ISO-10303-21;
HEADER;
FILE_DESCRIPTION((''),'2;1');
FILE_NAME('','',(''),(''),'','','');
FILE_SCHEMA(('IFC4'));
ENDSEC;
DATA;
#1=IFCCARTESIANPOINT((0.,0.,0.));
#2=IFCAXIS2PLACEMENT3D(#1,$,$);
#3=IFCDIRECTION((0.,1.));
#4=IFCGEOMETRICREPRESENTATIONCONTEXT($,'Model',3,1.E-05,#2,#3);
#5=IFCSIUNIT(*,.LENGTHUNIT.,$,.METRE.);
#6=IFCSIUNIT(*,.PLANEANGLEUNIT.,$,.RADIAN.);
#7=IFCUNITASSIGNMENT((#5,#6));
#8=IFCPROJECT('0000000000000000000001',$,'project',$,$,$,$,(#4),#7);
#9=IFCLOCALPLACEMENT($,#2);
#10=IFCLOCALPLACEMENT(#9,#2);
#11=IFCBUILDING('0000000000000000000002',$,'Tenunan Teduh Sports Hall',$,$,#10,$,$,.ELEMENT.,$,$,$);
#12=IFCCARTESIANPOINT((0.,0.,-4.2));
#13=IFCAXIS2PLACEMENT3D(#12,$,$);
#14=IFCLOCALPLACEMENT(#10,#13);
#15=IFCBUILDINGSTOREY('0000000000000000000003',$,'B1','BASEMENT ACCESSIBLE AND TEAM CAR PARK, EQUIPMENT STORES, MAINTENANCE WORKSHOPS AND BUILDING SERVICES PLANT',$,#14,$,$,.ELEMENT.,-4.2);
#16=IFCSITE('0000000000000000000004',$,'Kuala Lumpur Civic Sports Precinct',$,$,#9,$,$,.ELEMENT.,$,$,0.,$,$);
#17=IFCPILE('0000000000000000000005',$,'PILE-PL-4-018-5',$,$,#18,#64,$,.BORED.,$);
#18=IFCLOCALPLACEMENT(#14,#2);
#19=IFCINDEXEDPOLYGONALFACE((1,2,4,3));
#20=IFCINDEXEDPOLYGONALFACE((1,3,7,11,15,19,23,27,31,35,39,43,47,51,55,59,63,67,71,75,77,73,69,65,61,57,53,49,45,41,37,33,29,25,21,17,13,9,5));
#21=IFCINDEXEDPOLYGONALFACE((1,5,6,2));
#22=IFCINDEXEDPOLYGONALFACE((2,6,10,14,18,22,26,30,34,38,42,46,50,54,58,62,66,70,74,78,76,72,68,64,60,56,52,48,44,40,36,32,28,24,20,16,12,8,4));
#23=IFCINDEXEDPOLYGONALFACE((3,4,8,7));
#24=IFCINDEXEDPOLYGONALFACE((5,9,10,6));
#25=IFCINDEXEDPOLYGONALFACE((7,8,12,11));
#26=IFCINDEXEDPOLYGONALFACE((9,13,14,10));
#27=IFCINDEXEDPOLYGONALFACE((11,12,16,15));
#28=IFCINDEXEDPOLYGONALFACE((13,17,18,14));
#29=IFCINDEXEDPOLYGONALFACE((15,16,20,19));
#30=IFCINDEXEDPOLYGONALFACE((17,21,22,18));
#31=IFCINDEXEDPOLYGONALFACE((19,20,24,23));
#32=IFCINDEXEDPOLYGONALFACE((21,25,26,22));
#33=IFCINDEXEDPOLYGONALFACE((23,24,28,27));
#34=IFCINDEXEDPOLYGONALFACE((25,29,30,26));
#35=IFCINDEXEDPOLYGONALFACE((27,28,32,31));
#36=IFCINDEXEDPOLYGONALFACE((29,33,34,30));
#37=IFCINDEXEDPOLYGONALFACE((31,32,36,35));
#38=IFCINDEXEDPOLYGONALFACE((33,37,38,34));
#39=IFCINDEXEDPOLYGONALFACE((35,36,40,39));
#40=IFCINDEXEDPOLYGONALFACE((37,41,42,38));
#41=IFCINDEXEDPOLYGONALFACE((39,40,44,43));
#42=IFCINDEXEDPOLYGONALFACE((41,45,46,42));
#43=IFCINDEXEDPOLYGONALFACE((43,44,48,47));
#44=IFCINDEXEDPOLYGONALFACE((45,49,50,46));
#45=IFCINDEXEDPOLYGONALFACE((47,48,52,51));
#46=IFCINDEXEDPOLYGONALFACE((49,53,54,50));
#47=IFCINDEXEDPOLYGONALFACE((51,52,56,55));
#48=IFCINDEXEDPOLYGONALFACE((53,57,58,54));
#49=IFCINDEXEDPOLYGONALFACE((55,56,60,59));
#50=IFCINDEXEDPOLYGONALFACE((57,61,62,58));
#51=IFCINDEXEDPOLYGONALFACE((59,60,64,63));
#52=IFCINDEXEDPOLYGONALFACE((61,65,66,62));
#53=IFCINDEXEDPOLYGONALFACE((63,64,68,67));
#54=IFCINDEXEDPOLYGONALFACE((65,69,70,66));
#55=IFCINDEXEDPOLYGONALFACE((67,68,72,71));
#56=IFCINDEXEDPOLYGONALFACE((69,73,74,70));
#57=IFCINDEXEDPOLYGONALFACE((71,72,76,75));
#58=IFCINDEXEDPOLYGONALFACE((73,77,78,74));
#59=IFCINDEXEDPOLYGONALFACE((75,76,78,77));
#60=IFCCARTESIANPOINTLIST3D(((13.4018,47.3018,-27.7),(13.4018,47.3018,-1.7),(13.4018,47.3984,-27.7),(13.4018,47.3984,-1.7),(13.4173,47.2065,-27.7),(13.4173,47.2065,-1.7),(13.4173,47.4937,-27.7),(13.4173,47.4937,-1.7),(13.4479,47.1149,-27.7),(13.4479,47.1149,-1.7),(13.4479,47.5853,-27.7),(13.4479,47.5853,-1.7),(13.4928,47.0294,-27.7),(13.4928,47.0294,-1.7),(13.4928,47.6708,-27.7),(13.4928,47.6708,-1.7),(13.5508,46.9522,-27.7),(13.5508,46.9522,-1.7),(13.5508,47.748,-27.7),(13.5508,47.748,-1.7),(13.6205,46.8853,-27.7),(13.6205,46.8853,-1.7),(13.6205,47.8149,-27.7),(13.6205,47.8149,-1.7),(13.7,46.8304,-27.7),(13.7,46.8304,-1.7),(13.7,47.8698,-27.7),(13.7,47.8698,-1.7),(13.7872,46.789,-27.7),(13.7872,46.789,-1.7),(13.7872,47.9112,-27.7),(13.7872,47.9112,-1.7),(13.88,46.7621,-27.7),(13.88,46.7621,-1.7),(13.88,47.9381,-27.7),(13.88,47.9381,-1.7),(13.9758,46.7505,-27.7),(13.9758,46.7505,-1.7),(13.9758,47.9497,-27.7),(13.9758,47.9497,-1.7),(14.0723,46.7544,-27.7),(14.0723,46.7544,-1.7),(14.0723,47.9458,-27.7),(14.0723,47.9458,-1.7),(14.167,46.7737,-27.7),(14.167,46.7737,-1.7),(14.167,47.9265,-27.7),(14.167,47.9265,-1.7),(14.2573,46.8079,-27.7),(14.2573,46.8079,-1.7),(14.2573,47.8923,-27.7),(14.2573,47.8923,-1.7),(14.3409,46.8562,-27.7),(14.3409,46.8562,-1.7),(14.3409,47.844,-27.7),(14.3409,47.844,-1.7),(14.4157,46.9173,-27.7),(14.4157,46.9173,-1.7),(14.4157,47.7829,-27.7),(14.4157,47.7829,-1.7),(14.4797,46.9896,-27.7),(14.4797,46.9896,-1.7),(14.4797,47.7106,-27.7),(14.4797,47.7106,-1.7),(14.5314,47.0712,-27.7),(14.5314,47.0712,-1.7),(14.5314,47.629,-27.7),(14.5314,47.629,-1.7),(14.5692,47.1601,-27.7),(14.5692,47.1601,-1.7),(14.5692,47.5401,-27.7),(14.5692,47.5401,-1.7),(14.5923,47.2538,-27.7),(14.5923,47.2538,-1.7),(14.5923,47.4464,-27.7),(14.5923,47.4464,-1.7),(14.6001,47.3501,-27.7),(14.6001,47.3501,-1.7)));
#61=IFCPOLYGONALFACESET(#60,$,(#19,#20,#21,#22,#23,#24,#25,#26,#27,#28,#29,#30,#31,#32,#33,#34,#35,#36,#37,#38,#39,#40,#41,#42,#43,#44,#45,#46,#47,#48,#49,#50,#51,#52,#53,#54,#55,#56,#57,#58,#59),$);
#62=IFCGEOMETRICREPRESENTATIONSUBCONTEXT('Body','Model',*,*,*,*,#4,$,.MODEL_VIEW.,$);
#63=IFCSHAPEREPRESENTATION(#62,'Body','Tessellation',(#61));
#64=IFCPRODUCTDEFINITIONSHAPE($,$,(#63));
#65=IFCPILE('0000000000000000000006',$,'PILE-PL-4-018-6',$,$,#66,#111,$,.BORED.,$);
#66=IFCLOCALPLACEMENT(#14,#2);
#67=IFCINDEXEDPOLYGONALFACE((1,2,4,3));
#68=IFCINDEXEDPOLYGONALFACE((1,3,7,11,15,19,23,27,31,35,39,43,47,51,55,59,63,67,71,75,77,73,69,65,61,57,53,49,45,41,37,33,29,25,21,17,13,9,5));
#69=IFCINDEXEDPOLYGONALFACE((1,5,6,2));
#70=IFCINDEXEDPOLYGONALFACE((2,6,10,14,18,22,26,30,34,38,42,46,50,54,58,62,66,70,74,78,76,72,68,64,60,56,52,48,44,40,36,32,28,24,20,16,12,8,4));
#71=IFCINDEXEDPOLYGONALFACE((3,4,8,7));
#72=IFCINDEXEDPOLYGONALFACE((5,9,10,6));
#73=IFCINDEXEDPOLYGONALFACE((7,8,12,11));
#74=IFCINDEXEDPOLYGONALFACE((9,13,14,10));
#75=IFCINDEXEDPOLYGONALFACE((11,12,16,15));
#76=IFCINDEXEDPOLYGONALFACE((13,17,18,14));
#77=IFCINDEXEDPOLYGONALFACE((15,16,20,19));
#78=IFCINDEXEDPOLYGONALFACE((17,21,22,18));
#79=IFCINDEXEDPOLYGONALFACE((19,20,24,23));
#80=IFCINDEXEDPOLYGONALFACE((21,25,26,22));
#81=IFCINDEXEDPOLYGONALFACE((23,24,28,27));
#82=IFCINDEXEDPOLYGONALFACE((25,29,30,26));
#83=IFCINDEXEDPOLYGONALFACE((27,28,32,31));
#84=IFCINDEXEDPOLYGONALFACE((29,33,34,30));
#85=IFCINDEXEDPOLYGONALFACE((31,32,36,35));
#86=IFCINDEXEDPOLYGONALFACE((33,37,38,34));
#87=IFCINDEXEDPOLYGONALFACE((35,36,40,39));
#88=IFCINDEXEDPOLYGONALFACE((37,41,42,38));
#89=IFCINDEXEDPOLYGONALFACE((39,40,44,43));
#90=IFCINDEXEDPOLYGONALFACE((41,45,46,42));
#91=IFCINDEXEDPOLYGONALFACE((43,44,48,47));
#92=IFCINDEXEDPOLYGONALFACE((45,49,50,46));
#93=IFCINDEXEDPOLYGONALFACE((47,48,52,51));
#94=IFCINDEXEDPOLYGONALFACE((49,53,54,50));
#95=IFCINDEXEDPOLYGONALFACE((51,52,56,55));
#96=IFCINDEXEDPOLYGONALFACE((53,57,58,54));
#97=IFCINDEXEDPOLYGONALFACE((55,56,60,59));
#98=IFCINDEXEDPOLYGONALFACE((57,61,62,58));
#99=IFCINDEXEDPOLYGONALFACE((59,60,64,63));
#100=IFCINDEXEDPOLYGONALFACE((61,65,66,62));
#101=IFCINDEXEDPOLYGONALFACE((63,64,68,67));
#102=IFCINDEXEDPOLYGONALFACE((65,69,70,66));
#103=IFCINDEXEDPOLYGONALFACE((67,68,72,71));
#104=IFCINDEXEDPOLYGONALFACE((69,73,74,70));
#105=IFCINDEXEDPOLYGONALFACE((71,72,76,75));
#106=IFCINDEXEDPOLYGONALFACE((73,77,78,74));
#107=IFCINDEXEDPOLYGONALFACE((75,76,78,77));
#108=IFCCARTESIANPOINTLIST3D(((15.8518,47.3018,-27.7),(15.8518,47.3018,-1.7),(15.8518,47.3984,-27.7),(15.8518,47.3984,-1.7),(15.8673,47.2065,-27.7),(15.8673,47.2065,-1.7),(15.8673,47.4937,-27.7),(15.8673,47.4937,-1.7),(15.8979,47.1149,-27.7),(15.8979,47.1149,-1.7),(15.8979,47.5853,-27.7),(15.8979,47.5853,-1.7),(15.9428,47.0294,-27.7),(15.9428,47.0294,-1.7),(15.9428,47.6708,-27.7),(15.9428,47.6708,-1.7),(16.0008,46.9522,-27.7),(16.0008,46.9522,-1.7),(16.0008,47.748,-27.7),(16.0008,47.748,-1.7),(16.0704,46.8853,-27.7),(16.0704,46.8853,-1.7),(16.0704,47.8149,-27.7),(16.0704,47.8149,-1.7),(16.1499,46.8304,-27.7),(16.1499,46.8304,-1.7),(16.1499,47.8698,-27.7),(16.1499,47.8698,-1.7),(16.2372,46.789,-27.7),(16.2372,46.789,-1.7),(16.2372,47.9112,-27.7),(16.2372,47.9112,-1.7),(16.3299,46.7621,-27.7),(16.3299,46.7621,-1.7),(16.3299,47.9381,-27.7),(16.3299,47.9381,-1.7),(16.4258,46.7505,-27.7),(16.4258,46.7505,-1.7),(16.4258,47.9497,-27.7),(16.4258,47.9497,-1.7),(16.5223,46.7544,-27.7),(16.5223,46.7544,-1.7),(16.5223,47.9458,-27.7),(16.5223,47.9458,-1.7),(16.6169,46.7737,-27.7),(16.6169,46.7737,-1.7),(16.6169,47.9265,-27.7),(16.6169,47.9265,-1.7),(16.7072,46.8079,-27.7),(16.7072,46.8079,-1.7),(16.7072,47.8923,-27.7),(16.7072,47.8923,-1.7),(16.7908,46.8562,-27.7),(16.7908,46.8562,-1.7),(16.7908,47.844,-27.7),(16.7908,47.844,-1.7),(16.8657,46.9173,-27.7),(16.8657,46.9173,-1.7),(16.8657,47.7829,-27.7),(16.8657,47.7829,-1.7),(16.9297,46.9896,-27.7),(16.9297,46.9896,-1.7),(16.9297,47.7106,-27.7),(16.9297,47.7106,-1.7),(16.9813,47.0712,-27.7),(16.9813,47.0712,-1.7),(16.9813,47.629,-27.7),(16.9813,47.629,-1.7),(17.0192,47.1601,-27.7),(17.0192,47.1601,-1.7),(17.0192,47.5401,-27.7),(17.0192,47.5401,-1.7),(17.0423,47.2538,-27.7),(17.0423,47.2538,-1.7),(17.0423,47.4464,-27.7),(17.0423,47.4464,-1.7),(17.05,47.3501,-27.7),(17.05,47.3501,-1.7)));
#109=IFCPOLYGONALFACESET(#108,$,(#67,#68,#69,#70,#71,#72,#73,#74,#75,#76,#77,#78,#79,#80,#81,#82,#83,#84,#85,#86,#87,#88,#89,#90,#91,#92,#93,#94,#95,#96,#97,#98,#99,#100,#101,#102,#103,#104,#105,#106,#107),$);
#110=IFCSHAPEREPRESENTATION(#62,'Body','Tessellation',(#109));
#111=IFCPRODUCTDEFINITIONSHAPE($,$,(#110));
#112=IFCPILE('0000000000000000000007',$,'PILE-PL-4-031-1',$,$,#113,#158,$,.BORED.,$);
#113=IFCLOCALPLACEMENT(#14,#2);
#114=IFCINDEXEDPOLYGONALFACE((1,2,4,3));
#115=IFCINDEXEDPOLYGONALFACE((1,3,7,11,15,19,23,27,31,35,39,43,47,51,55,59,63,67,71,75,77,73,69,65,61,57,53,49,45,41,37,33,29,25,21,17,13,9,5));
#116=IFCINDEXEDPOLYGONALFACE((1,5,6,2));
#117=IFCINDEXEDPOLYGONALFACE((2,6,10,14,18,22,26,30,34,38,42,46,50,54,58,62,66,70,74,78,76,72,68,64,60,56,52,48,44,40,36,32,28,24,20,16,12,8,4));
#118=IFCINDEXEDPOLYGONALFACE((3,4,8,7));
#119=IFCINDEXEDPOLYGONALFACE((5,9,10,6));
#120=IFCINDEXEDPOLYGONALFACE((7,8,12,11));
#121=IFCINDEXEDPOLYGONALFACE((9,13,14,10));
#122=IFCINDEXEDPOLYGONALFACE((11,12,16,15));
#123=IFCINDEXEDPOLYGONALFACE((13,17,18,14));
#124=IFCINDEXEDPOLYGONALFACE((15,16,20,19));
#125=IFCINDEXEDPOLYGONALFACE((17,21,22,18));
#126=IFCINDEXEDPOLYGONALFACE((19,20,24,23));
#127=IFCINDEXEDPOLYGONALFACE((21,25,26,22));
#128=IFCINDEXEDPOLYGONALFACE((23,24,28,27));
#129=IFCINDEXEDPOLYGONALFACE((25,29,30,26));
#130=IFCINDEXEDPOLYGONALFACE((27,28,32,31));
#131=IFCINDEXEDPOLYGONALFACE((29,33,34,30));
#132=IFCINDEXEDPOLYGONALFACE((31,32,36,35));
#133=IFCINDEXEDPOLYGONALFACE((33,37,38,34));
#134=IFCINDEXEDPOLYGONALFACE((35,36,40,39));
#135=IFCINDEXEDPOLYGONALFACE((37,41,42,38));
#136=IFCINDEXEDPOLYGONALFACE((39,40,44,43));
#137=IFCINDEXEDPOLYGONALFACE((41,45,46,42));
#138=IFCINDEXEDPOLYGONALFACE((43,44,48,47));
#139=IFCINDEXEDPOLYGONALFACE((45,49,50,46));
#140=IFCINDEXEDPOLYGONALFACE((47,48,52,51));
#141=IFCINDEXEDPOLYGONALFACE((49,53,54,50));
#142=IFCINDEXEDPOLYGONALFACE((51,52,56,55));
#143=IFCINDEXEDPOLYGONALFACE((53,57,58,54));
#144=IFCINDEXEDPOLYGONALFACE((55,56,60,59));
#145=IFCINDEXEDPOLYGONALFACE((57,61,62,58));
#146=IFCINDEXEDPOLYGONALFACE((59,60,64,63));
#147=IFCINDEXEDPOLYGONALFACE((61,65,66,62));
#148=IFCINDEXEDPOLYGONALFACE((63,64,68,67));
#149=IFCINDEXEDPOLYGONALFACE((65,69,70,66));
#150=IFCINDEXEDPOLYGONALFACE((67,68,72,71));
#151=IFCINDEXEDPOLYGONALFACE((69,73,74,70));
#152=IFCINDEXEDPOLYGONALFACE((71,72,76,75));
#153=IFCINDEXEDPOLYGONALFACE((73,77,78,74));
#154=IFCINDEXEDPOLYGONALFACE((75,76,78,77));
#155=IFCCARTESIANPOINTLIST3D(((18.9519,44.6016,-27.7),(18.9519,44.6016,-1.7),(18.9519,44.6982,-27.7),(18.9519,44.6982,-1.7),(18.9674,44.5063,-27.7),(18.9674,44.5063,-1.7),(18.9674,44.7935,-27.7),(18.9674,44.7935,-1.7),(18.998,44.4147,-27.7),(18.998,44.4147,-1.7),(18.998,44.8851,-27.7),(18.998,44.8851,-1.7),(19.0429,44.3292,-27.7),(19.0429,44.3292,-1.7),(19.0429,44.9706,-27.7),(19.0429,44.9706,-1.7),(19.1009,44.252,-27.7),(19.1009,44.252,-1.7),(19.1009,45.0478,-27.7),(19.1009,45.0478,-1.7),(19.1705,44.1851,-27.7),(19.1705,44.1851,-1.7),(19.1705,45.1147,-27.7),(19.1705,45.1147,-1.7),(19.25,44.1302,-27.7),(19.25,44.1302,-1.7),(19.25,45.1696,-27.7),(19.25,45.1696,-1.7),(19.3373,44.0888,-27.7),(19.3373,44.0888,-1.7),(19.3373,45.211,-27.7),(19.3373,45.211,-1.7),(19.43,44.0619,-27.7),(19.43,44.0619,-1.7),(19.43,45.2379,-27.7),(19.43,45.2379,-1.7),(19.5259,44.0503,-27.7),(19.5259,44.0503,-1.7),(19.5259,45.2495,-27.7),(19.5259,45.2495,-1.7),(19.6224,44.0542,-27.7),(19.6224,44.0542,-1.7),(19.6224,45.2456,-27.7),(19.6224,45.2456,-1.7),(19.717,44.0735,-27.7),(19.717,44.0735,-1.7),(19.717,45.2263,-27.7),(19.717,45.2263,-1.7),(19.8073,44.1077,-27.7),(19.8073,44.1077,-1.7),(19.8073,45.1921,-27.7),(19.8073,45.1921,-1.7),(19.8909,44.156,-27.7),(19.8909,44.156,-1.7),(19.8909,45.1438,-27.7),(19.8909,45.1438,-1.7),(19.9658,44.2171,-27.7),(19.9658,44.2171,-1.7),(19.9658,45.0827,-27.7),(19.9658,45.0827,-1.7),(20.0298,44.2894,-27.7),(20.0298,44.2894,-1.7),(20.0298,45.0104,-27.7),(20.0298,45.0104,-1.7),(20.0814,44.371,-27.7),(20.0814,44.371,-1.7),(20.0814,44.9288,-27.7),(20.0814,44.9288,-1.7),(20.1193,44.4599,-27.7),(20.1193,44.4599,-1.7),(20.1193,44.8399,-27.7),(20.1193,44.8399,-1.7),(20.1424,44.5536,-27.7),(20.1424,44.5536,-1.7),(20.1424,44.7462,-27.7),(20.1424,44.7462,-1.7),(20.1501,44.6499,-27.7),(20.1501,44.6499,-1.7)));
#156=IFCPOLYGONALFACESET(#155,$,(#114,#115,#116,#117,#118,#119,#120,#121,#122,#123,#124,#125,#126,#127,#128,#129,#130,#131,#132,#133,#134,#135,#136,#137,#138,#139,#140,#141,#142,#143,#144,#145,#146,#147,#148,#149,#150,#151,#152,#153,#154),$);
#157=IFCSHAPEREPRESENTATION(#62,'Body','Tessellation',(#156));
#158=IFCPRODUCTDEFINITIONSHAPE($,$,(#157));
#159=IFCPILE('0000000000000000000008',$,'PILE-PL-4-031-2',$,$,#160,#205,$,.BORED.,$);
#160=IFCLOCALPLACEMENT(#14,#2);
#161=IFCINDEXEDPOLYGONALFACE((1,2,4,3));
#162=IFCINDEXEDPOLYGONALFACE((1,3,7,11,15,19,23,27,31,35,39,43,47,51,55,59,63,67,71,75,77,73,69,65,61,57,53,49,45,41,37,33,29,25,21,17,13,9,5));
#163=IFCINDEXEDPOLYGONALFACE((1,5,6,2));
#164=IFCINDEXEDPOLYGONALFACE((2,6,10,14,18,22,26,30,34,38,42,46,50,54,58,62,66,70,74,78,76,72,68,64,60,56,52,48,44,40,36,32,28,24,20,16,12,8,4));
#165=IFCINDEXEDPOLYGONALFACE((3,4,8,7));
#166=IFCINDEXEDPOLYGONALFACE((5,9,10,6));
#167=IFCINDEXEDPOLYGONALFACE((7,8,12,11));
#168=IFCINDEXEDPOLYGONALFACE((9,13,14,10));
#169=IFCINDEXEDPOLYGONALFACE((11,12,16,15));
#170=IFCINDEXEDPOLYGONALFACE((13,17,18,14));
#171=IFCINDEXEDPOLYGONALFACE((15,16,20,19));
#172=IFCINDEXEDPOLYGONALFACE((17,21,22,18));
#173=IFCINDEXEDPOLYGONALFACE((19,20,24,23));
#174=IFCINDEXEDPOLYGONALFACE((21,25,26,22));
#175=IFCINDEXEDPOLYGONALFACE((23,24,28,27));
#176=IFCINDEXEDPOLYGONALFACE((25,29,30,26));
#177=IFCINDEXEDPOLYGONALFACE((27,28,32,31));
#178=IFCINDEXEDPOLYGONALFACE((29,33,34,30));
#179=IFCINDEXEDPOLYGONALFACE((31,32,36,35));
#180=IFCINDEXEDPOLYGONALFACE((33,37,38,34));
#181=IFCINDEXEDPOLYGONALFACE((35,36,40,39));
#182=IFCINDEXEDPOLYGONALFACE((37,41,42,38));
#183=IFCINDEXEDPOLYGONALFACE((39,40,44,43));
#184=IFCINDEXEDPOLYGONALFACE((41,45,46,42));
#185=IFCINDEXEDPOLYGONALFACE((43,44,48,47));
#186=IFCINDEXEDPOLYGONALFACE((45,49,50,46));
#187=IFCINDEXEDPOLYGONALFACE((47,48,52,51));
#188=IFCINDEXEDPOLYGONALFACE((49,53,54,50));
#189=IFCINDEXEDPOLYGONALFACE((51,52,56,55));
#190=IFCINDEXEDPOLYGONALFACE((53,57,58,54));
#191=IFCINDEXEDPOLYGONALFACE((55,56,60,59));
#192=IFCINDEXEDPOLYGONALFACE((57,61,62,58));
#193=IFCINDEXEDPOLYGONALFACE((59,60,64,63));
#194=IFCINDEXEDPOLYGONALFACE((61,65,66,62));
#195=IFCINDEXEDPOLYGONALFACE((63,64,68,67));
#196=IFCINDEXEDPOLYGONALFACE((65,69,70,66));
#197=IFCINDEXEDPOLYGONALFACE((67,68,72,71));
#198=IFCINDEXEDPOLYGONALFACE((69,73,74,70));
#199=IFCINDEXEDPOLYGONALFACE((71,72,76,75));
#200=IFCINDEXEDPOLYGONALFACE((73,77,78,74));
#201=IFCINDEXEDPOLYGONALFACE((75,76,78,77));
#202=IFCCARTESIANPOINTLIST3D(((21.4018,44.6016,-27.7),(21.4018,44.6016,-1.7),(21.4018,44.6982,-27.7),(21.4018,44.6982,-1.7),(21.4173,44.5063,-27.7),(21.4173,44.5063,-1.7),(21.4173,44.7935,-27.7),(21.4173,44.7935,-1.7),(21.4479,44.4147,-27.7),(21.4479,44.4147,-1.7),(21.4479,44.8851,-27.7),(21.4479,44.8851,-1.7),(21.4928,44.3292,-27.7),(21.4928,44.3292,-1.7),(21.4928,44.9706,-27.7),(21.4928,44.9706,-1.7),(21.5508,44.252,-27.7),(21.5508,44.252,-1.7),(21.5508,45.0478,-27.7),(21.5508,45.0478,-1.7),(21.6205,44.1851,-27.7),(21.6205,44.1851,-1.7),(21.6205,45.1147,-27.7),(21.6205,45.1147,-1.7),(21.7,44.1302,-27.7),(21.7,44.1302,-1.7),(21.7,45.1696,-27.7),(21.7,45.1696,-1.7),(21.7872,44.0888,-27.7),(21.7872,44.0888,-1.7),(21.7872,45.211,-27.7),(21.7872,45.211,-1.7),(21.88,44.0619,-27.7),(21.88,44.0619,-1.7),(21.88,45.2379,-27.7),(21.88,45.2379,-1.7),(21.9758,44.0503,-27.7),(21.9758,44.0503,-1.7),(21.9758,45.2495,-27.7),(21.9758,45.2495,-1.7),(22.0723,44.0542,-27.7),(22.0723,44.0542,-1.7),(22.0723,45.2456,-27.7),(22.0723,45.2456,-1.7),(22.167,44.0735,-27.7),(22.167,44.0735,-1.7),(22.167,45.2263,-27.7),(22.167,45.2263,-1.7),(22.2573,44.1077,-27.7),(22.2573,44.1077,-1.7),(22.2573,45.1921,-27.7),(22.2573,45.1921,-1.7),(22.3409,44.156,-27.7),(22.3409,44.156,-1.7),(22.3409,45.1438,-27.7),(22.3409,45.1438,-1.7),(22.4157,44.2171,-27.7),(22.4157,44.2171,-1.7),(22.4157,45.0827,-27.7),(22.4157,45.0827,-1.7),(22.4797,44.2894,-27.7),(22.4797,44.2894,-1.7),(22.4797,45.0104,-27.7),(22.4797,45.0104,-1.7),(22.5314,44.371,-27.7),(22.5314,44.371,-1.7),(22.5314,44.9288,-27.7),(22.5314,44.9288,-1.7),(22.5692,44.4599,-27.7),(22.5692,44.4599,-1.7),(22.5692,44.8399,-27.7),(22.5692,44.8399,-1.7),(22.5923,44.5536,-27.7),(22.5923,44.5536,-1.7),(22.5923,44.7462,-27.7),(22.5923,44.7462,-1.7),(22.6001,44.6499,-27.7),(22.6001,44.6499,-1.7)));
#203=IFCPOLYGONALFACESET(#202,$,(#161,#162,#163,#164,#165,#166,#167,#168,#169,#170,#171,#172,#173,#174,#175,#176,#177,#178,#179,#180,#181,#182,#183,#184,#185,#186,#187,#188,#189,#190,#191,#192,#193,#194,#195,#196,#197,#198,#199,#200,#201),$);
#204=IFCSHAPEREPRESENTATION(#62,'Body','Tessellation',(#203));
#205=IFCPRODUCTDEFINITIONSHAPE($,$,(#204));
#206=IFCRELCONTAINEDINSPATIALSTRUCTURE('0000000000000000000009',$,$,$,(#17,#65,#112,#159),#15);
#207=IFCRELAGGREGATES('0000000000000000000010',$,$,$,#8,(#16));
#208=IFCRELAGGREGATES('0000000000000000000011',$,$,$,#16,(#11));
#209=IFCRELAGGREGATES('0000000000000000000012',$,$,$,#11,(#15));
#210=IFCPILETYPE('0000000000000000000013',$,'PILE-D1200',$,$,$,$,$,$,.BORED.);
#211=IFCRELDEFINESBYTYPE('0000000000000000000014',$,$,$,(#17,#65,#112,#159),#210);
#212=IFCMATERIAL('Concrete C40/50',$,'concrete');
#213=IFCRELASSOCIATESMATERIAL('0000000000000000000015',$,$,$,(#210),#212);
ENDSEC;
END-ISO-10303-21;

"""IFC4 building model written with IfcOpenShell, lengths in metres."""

from ifc_helpers import new_model, si_unit, direction, frame, origin, origin_2d, place, context, subcontext, project, spatial, circle, extrude, material, material_profile, profile_set, type_object, element, save


model = new_model("IFC4")

# Units and contexts
model_context = context("Model", 3, precision=1e-05, world=origin(), true_north=direction((0.0, 1.0)))
body_context = subcontext(model_context, "Body", "Model", "MODEL_VIEW")
ifc_project = project(units=[si_unit("LENGTHUNIT", "METRE"), si_unit("PLANEANGLEUNIT", "RADIAN")], contexts=[model_context])

# Site, building, storey
site_placement = place(None, origin())
site = spatial("IfcSite", under=ifc_project, at=site_placement, Name="Kuala Lumpur Civic Sports Precinct", CompositionType="ELEMENT", RefElevation=0.0)
building_placement = place(site_placement, origin())
building = spatial("IfcBuilding", under=site, at=building_placement, Name="Tenunan Teduh Sports Hall", CompositionType="ELEMENT")
storey_placement = place(building_placement, frame((0.0, 0.0, -4.2)))
storey = spatial("IfcBuildingStorey", under=building, at=storey_placement, Name="B1", Description="BASEMENT ACCESSIBLE AND TEAM CAR PARK, EQUIPMENT STORES, MAINTENANCE WORKSHOPS AND BUILDING SERVICES PLANT", CompositionType="ELEMENT", Elevation=-4.2)

# Piles
ifc_material_1 = material(Name="Concrete C40/50", Category="concrete")
ifc_material_profile_1 = material_profile(ifc_material_1, circle(Radius=0.6001, at=origin_2d()), Name="PILE D1200")
ifc_profile_set_1 = profile_set([ifc_material_profile_1], Name="Concrete C40/50")
pile_type_1 = type_object("IfcPileType", Name="PILE-D1200", PredefinedType="BORED", material=ifc_profile_set_1)
for number, where, z_axis, x_axis, name in (
    (1, (14.0, 47.3501, -1.7), (0.0, 0.0, -1.0), (1.0, 0.0, 0.0), "PILE-PL-4-018-5"),
    (2, (16.45, 47.3501, -1.7), (0.0, 0.0, -1.0), (1.0, 0.0, 0.0), "PILE-PL-4-018-6"),
    (3, (19.55, 44.6499, -1.7), (0.0, 0.0, -1.0), (1.0, 0.0, 0.0), "PILE-PL-4-031-1"),
    (4, (22.0, 44.6499, -1.7), (0.0, 0.0, -1.0), (1.0, 0.0, 0.0), "PILE-PL-4-031-2"),
):
    element("IfcPile", number, at=place(storey_placement, frame(where, z_axis=z_axis, x_axis=x_axis)), inside=storey, type_object=pile_type_1, Name=name, PredefinedType="BORED", context=body_context, shape_type="SweptSolid", body=[
        extrude(circle(Radius=0.6001, at=origin_2d()), origin(), (0.0, 0.0, 1.0), 26.0),
    ])

save(model, "model.ifc")
